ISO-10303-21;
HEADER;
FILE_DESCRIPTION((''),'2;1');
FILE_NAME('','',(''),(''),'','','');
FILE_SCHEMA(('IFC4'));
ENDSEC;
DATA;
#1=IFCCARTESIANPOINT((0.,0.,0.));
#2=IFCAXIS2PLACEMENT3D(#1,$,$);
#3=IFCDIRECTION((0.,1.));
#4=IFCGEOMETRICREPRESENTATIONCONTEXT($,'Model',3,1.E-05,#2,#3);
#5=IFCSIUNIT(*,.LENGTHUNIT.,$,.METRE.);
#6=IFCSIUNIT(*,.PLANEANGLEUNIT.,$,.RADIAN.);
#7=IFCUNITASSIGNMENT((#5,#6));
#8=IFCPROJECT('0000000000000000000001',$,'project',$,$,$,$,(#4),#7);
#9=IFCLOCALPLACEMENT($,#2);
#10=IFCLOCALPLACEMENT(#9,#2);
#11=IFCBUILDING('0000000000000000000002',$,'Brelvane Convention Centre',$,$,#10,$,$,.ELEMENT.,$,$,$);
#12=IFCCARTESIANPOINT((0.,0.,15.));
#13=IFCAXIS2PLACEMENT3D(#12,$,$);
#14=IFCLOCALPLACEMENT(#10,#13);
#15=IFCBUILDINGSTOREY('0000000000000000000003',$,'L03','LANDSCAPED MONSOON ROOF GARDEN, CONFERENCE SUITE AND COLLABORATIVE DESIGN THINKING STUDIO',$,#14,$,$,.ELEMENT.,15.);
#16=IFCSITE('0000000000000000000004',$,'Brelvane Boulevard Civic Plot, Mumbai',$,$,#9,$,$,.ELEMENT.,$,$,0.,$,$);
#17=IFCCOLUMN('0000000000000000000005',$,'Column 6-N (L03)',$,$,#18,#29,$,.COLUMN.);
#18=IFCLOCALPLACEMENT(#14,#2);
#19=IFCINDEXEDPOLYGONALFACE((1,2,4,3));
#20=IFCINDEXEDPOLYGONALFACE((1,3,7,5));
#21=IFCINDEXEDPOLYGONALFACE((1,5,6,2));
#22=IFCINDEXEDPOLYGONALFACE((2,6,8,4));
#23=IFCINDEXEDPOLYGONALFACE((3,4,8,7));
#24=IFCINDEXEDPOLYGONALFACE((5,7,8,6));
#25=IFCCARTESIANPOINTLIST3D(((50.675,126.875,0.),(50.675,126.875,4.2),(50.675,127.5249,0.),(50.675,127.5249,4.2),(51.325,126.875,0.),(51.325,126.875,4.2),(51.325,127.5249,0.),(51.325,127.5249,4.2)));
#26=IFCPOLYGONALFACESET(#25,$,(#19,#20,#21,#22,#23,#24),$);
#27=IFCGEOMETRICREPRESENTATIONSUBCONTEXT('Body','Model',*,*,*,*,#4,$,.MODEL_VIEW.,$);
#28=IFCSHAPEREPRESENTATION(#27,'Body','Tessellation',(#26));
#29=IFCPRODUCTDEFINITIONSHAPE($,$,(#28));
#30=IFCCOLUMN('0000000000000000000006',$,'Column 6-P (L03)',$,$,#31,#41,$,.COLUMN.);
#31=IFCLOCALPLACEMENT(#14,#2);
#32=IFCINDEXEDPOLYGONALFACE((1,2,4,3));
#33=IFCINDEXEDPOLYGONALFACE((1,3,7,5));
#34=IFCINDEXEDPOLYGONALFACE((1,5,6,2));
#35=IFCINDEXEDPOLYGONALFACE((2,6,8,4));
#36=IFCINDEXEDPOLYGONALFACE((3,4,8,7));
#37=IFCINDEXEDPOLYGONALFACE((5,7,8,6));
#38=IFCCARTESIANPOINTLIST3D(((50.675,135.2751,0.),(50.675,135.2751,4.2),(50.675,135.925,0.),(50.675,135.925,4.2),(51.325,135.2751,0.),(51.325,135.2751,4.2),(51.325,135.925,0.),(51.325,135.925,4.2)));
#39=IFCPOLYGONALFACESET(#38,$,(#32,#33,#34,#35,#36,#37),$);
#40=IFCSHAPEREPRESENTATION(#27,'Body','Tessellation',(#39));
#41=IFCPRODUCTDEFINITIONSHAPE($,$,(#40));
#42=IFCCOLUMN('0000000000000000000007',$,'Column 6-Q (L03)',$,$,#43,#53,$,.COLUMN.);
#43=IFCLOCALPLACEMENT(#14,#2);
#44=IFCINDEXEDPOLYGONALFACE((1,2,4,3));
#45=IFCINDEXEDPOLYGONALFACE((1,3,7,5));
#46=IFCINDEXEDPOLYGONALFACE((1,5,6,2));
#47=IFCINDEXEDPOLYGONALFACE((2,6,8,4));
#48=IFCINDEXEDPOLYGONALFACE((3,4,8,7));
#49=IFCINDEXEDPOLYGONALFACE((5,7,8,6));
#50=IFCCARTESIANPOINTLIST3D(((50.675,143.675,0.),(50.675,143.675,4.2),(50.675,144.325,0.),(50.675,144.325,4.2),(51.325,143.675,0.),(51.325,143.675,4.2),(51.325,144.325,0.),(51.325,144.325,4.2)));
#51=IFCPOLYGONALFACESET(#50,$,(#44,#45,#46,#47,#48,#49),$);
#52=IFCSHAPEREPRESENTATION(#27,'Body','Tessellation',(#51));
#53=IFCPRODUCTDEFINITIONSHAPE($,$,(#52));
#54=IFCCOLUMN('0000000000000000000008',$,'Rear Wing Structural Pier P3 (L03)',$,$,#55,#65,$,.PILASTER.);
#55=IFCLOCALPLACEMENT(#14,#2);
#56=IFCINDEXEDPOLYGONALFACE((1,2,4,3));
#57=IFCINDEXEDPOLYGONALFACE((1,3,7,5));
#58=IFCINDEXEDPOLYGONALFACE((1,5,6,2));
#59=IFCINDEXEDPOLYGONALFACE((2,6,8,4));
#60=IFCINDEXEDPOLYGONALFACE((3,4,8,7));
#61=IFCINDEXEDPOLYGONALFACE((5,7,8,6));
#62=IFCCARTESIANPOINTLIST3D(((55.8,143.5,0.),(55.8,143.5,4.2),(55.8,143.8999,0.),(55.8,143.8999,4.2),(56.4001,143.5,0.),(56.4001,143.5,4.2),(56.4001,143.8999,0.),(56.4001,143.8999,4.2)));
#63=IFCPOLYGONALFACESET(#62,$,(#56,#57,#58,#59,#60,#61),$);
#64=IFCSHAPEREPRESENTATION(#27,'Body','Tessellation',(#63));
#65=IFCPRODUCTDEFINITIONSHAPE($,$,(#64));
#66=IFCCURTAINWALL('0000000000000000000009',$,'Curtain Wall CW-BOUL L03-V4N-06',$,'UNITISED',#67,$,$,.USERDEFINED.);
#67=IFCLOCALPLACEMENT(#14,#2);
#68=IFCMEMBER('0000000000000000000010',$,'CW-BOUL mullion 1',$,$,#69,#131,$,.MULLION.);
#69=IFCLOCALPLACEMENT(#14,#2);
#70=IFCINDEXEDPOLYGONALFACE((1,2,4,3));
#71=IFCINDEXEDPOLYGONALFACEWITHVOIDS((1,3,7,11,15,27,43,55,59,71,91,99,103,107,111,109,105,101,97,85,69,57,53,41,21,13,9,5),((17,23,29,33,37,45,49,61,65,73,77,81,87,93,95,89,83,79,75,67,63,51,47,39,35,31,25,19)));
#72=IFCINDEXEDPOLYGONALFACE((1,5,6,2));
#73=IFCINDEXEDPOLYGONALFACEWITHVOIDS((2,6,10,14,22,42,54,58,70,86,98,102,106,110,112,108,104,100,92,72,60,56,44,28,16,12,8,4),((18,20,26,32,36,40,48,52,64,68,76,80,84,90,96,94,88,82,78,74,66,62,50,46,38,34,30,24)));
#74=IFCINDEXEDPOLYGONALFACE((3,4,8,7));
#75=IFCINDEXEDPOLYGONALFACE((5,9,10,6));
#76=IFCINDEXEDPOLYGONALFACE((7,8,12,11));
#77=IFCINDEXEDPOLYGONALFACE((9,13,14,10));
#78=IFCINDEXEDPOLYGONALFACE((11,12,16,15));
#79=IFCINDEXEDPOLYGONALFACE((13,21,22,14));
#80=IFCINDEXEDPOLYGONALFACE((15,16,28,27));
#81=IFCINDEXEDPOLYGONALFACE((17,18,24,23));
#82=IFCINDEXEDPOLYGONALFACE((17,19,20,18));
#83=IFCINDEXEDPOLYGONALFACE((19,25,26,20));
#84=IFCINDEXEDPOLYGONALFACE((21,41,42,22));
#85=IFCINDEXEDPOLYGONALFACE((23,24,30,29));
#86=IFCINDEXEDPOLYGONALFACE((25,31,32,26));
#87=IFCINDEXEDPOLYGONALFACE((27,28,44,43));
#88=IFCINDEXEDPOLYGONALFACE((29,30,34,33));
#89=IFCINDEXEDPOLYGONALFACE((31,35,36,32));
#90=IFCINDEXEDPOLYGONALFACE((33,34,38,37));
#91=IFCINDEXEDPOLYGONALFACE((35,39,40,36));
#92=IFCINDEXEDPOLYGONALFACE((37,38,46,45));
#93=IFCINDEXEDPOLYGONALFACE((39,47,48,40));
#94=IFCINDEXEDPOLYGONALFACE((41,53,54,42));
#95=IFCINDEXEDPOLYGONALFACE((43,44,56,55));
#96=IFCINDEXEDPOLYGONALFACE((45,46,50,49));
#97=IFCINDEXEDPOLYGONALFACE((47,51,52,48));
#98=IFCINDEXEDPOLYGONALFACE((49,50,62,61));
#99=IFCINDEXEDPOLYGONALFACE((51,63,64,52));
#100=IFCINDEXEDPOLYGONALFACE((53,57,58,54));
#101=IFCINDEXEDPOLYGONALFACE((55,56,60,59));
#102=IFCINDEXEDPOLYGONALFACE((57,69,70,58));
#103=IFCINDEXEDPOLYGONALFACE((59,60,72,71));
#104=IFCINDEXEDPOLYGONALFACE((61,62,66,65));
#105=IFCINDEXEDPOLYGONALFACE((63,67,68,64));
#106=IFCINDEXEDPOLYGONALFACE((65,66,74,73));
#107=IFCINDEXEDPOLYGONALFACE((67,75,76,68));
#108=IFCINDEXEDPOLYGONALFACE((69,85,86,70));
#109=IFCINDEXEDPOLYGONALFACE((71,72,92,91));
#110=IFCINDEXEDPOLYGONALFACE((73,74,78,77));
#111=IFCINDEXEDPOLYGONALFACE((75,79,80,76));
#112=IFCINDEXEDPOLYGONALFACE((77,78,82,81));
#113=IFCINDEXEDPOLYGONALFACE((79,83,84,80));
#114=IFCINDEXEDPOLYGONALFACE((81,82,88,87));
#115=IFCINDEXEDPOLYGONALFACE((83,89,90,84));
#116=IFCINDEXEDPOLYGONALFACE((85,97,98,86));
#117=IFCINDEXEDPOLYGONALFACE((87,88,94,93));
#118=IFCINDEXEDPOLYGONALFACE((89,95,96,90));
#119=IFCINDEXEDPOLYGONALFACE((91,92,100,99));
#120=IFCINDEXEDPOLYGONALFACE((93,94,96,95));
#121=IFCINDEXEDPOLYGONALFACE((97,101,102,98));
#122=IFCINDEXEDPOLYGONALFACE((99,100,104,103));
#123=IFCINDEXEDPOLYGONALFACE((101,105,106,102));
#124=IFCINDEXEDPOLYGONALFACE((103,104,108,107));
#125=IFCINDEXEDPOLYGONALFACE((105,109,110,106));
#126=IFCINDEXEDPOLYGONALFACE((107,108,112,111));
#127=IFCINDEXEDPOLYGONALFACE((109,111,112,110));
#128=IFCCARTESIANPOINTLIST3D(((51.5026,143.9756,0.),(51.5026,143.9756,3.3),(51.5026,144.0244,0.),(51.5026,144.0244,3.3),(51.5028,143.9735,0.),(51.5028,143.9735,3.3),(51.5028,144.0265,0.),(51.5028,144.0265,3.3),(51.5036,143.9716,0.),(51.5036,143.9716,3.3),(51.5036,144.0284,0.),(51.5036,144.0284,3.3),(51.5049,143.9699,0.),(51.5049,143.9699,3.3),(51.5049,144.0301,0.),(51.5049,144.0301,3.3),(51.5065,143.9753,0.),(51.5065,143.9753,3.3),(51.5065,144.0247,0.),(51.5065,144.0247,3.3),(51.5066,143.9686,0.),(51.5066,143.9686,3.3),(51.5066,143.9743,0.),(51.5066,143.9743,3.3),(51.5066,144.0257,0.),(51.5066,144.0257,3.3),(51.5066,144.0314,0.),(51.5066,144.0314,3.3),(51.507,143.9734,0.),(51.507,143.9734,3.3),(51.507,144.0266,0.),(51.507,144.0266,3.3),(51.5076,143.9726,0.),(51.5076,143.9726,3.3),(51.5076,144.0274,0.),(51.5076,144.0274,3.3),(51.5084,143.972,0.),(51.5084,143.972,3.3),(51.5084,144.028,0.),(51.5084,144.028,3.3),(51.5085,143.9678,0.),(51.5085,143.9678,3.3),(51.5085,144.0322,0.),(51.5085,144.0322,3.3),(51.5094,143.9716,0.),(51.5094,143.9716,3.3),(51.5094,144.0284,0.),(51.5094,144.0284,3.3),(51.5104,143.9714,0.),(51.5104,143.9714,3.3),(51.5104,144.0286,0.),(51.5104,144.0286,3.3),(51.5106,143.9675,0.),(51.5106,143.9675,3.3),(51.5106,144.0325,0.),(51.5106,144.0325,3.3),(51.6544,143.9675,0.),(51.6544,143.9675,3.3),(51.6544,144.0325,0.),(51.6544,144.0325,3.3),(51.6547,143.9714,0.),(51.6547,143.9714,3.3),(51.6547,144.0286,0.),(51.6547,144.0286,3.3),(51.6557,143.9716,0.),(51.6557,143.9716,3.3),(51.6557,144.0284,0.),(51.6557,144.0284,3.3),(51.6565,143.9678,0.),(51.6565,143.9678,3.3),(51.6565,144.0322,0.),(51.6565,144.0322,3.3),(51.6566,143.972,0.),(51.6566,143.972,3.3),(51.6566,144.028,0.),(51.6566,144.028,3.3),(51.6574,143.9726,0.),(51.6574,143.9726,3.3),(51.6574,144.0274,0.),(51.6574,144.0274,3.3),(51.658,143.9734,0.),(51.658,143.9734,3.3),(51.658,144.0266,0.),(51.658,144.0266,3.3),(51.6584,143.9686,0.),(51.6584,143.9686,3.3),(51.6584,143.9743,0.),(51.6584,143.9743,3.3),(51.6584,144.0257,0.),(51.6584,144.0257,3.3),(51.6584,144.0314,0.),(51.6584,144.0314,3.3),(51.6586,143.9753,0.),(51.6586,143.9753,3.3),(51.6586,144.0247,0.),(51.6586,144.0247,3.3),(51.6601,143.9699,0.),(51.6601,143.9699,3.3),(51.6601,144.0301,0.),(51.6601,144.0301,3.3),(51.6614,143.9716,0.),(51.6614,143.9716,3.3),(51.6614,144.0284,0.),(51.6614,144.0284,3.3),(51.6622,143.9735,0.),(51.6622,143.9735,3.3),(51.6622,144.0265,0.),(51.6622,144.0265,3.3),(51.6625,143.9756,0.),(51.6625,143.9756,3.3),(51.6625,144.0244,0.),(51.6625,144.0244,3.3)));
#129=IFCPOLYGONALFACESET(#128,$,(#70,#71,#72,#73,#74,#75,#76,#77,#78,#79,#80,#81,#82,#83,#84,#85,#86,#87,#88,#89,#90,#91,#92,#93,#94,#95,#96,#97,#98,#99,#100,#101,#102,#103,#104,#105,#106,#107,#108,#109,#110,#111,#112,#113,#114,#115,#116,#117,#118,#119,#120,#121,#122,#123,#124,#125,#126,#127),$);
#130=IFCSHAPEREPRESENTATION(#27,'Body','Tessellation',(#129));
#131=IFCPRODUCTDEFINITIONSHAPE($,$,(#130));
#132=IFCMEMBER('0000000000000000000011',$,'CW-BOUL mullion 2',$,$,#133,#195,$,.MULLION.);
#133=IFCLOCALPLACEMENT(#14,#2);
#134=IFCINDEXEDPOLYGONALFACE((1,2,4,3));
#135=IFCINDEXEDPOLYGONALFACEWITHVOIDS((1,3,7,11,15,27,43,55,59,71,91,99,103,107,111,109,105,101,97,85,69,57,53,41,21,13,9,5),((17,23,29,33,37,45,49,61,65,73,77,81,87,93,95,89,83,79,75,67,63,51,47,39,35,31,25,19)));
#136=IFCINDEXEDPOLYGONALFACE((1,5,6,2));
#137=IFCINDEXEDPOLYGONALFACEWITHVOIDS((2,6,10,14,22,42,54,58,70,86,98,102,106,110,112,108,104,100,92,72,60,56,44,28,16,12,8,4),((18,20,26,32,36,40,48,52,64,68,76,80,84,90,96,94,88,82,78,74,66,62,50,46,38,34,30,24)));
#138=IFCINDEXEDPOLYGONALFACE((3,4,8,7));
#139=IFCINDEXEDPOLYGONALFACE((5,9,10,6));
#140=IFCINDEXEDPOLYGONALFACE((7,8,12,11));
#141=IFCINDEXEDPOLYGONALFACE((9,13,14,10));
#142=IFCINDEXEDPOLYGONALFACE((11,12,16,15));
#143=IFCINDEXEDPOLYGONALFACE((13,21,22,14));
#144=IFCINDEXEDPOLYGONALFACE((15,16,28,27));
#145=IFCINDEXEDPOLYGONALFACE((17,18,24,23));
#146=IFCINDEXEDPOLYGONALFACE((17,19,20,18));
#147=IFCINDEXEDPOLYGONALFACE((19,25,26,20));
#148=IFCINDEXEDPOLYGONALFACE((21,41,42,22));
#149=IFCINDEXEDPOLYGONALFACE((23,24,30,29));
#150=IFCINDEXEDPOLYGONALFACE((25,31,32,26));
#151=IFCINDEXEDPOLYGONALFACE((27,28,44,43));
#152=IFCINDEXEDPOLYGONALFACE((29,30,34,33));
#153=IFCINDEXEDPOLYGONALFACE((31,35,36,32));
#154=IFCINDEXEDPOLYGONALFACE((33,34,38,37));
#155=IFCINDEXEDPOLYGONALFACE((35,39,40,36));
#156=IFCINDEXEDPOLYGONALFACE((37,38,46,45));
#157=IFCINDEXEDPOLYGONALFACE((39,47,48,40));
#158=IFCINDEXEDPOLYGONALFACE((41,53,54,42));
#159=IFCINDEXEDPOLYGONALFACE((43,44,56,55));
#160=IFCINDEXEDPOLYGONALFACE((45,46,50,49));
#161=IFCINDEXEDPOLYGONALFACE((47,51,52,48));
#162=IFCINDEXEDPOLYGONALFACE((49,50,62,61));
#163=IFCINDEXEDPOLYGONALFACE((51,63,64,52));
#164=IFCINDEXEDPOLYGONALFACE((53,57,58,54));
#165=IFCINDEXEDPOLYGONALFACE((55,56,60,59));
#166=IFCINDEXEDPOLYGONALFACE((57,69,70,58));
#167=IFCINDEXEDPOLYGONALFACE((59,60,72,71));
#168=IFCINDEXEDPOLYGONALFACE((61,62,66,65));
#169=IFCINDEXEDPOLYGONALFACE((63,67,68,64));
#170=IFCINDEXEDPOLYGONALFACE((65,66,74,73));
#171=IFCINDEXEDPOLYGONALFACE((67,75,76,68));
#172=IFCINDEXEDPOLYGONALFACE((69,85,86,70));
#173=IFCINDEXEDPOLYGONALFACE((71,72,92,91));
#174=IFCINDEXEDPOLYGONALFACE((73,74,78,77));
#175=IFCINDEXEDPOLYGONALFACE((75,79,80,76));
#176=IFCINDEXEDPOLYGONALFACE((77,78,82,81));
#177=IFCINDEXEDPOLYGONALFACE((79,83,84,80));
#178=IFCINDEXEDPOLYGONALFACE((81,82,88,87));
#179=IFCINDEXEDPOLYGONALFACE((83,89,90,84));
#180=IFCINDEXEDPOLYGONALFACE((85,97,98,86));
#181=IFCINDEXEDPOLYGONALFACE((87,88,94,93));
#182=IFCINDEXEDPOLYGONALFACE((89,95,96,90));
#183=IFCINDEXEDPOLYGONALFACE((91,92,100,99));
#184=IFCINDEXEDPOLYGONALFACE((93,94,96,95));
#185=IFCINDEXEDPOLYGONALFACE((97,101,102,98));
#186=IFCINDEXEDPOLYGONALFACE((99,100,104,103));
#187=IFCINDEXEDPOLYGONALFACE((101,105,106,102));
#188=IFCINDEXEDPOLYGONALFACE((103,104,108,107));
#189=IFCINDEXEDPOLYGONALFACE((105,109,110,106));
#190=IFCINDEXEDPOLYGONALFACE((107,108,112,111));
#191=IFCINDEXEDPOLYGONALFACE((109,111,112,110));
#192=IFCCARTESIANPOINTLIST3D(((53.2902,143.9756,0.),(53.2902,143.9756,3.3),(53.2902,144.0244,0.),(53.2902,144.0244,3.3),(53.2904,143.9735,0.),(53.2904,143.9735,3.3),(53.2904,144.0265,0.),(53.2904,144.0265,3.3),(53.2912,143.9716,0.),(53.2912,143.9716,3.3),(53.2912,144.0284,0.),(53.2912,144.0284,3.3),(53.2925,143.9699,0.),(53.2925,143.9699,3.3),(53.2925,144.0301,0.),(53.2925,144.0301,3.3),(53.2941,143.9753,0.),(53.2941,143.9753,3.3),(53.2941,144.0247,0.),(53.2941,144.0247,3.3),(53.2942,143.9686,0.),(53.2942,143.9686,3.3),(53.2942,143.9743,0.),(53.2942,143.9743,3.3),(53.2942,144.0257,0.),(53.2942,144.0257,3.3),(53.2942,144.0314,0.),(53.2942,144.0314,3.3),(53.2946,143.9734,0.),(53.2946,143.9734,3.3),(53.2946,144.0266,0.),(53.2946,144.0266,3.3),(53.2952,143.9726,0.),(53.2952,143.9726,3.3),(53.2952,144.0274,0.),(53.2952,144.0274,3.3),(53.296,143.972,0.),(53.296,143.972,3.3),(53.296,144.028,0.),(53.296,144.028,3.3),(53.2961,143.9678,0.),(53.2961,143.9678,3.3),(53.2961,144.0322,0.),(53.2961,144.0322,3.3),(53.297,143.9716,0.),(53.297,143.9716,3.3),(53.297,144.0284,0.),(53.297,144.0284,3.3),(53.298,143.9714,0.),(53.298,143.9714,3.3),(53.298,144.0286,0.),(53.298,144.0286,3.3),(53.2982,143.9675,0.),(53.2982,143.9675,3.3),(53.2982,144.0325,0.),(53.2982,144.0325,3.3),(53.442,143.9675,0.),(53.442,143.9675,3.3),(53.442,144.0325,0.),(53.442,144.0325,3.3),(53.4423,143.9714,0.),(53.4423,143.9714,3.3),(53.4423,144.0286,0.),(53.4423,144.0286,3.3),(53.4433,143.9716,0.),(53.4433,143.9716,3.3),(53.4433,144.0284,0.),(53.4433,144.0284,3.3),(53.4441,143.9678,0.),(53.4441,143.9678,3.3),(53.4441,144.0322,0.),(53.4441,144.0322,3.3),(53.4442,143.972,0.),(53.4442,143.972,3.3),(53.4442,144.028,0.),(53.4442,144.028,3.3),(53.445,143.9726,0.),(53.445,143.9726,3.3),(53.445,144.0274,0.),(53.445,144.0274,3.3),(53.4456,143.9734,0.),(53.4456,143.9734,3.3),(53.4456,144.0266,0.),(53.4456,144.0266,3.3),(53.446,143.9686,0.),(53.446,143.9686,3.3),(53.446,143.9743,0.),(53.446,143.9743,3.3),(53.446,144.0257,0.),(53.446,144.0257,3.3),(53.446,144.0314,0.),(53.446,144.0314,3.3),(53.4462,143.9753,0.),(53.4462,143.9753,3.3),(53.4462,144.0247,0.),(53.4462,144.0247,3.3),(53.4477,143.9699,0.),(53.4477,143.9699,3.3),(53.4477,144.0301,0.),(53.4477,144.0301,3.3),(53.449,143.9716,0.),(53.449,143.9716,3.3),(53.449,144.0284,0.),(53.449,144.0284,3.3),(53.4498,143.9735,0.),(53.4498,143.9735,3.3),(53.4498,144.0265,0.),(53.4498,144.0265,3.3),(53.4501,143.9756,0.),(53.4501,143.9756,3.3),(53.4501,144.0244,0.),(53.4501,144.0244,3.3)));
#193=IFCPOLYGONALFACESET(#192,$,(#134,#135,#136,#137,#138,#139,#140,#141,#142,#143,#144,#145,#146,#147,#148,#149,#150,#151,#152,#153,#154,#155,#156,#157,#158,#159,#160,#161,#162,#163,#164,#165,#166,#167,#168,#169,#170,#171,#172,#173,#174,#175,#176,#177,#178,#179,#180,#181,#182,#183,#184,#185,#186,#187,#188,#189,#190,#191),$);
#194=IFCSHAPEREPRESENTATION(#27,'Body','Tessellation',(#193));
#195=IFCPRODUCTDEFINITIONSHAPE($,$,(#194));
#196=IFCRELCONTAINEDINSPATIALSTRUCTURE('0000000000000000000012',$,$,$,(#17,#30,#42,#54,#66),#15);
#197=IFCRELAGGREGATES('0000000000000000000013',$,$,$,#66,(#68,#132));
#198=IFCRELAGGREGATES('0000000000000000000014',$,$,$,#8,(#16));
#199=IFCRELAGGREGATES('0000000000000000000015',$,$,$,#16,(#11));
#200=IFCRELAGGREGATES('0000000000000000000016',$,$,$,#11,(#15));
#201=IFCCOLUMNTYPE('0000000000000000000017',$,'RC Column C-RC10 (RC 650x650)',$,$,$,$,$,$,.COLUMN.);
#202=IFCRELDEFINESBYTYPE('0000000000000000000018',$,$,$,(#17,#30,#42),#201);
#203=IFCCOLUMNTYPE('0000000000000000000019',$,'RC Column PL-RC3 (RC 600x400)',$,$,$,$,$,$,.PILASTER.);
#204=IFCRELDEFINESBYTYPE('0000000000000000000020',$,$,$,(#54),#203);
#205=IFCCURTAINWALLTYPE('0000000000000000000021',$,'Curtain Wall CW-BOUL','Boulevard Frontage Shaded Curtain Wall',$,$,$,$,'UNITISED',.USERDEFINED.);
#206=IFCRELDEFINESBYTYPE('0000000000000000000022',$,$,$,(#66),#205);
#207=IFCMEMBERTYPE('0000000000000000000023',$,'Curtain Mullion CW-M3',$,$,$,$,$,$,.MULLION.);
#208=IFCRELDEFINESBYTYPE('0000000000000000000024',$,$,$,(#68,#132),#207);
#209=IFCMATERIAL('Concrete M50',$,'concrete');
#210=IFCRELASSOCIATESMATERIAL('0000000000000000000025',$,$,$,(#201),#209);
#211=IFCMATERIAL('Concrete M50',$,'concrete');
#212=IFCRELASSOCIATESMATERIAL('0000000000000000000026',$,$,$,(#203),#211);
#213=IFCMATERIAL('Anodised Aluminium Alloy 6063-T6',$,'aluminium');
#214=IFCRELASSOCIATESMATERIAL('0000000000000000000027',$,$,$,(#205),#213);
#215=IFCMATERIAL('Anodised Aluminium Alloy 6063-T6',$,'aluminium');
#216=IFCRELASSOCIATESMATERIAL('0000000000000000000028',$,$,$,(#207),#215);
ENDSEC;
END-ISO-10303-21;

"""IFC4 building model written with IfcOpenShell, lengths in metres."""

from ifc_helpers import new_model, si_unit, direction, frame, origin, origin_2d, place, context, subcontext, project, spatial, rectangle, hollow_rectangle, extrude, material, material_profile, profile_set, type_object, element, aggregate, save


model = new_model("IFC4")

# Units and contexts
model_context = context("Model", 3, precision=1e-05, world=origin(), true_north=direction((0.0, 1.0)))
body_context = subcontext(model_context, "Body", "Model", "MODEL_VIEW")
ifc_project = project(units=[si_unit("LENGTHUNIT", "METRE"), si_unit("PLANEANGLEUNIT", "RADIAN")], contexts=[model_context])

# Site, building, storey
site_placement = place(None, origin())
site = spatial("IfcSite", under=ifc_project, at=site_placement, Name="Brelvane Boulevard Civic Plot, Mumbai", CompositionType="ELEMENT", RefElevation=0.0)
building_placement = place(site_placement, origin())
building = spatial("IfcBuilding", under=site, at=building_placement, Name="Brelvane Convention Centre", CompositionType="ELEMENT")
storey_placement = place(building_placement, frame((0.0, 0.0, 15.0)))
storey = spatial("IfcBuildingStorey", under=building, at=storey_placement, Name="L03", Description="LANDSCAPED MONSOON ROOF GARDEN, CONFERENCE SUITE AND COLLABORATIVE DESIGN THINKING STUDIO", CompositionType="ELEMENT", Elevation=15.0)

# Columns
ifc_material_1 = material(Name="Concrete M50", Category="concrete")
ifc_material_profile_1 = material_profile(ifc_material_1, rectangle(XDim=0.6499, YDim=0.6499, at=origin_2d()), Name="RC 650x650")
ifc_profile_set_1 = profile_set([ifc_material_profile_1], Name="Concrete M50")
column_type_1 = type_object("IfcColumnType", Name="RC Column C-RC10 (RC 650x650)", PredefinedType="COLUMN", material=ifc_profile_set_1)
for number, where, z_axis, x_axis, name in (
    (1, (51.0, 127.2, 0.0), (0.0, 0.0, 1.0), (1.0, 0.0, 0.0), "Column 6-N (L03)"),
    (2, (51.0, 135.6001, 0.0), (0.0, 0.0, 1.0), (1.0, 0.0, 0.0), "Column 6-P (L03)"),
    (3, (51.0, 144.0, 0.0), (0.0, 0.0, 1.0), (1.0, 0.0, 0.0), "Column 6-Q (L03)"),
):
    element("IfcColumn", number, at=place(storey_placement, frame(where, z_axis=z_axis, x_axis=x_axis)), inside=storey, type_object=column_type_1, Name=name, PredefinedType="COLUMN", context=body_context, shape_type="SweptSolid", body=[
        extrude(rectangle(XDim=0.6499, YDim=0.6499, at=origin_2d()), origin(), (0.0, 0.0, 1.0), 4.2),
    ])
ifc_material_2 = material(Name="Concrete M50", Category="concrete")
ifc_material_profile_2 = material_profile(ifc_material_2, rectangle(XDim=0.6001, YDim=0.3999, at=origin_2d()), Name="RC 600x400")
ifc_profile_set_2 = profile_set([ifc_material_profile_2], Name="Concrete M50")
column_type_2 = type_object("IfcColumnType", Name="RC Column PL-RC3 (RC 600x400)", PredefinedType="PILASTER", material=ifc_profile_set_2)
column_placement = place(storey_placement, frame((56.1001, 143.7, 0.0), z_axis=(0.0, 0.0, 1.0), x_axis=(1.0, 0.0, 0.0)))
element("IfcColumn", 4, at=column_placement, inside=storey, type_object=column_type_2, Name="Rear Wing Structural Pier P3 (L03)", PredefinedType="PILASTER", context=body_context, shape_type="SweptSolid", body=[
    extrude(rectangle(XDim=0.6001, YDim=0.3999, at=origin_2d()), origin(), (0.0, 0.0, 1.0), 4.2),
])

# Curtain wall, members
ifc_material_3 = material(Name="Anodised Aluminium Alloy 6063-T6", Category="aluminium")
curtain_wall_type = type_object("IfcCurtainWallType", Name="Curtain Wall CW-BOUL", Description="Boulevard Frontage Shaded Curtain Wall", ElementType="UNITISED", PredefinedType="USERDEFINED", material=ifc_material_3)
curtain_wall_placement = place(storey_placement, origin())
curtain_wall = element("IfcCurtainWall", 5, at=curtain_wall_placement, inside=storey, type_object=curtain_wall_type, Name="Curtain Wall CW-BOUL L03-V4N-06", ObjectType="UNITISED", PredefinedType="USERDEFINED")
ifc_material_4 = material(Name="Anodised Aluminium Alloy 6063-T6", Category="aluminium")
ifc_material_profile_3 = material_profile(ifc_material_4, hollow_rectangle(XDim=0.0649, YDim=0.1599, WallThickness=0.0039, InnerFilletRadius=0.0039, OuterFilletRadius=0.0081, at=origin_2d()), Name="ALU-M 160x65x4.0")
ifc_profile_set_3 = profile_set([ifc_material_profile_3], Name="Anodised Aluminium Alloy 6063-T6")
member_type_1 = type_object("IfcMemberType", Name="Curtain Mullion CW-M3", PredefinedType="MULLION", material=ifc_profile_set_3)
member_1_placement = place(storey_placement, frame((51.5825, 144.0, 0.0), z_axis=(0.0, 0.0, 1.0), x_axis=(0.0, 1.0, 0.0)))
member_1 = element("IfcMember", 6, at=member_1_placement, type_object=member_type_1, Name="CW-BOUL mullion 1", PredefinedType="MULLION", context=body_context, shape_type="SweptSolid", body=[
    extrude(hollow_rectangle(XDim=0.0649, YDim=0.1599, WallThickness=0.0039, InnerFilletRadius=0.0039, OuterFilletRadius=0.0081, at=origin_2d()), origin(), (0.0, 0.0, 1.0), 3.3),
])
member_2_placement = place(storey_placement, frame((53.3701, 144.0, 0.0), z_axis=(0.0, 0.0, 1.0), x_axis=(0.0, 1.0, 0.0)))
member_2 = element("IfcMember", 7, at=member_2_placement, type_object=member_type_1, Name="CW-BOUL mullion 2", PredefinedType="MULLION", context=body_context, shape_type="SweptSolid", body=[
    extrude(hollow_rectangle(XDim=0.0649, YDim=0.1599, WallThickness=0.0039, InnerFilletRadius=0.0039, OuterFilletRadius=0.0081, at=origin_2d()), origin(), (0.0, 0.0, 1.0), 3.3),
])

aggregate(curtain_wall, [member_1, member_2])

save(model, "model.ifc")
